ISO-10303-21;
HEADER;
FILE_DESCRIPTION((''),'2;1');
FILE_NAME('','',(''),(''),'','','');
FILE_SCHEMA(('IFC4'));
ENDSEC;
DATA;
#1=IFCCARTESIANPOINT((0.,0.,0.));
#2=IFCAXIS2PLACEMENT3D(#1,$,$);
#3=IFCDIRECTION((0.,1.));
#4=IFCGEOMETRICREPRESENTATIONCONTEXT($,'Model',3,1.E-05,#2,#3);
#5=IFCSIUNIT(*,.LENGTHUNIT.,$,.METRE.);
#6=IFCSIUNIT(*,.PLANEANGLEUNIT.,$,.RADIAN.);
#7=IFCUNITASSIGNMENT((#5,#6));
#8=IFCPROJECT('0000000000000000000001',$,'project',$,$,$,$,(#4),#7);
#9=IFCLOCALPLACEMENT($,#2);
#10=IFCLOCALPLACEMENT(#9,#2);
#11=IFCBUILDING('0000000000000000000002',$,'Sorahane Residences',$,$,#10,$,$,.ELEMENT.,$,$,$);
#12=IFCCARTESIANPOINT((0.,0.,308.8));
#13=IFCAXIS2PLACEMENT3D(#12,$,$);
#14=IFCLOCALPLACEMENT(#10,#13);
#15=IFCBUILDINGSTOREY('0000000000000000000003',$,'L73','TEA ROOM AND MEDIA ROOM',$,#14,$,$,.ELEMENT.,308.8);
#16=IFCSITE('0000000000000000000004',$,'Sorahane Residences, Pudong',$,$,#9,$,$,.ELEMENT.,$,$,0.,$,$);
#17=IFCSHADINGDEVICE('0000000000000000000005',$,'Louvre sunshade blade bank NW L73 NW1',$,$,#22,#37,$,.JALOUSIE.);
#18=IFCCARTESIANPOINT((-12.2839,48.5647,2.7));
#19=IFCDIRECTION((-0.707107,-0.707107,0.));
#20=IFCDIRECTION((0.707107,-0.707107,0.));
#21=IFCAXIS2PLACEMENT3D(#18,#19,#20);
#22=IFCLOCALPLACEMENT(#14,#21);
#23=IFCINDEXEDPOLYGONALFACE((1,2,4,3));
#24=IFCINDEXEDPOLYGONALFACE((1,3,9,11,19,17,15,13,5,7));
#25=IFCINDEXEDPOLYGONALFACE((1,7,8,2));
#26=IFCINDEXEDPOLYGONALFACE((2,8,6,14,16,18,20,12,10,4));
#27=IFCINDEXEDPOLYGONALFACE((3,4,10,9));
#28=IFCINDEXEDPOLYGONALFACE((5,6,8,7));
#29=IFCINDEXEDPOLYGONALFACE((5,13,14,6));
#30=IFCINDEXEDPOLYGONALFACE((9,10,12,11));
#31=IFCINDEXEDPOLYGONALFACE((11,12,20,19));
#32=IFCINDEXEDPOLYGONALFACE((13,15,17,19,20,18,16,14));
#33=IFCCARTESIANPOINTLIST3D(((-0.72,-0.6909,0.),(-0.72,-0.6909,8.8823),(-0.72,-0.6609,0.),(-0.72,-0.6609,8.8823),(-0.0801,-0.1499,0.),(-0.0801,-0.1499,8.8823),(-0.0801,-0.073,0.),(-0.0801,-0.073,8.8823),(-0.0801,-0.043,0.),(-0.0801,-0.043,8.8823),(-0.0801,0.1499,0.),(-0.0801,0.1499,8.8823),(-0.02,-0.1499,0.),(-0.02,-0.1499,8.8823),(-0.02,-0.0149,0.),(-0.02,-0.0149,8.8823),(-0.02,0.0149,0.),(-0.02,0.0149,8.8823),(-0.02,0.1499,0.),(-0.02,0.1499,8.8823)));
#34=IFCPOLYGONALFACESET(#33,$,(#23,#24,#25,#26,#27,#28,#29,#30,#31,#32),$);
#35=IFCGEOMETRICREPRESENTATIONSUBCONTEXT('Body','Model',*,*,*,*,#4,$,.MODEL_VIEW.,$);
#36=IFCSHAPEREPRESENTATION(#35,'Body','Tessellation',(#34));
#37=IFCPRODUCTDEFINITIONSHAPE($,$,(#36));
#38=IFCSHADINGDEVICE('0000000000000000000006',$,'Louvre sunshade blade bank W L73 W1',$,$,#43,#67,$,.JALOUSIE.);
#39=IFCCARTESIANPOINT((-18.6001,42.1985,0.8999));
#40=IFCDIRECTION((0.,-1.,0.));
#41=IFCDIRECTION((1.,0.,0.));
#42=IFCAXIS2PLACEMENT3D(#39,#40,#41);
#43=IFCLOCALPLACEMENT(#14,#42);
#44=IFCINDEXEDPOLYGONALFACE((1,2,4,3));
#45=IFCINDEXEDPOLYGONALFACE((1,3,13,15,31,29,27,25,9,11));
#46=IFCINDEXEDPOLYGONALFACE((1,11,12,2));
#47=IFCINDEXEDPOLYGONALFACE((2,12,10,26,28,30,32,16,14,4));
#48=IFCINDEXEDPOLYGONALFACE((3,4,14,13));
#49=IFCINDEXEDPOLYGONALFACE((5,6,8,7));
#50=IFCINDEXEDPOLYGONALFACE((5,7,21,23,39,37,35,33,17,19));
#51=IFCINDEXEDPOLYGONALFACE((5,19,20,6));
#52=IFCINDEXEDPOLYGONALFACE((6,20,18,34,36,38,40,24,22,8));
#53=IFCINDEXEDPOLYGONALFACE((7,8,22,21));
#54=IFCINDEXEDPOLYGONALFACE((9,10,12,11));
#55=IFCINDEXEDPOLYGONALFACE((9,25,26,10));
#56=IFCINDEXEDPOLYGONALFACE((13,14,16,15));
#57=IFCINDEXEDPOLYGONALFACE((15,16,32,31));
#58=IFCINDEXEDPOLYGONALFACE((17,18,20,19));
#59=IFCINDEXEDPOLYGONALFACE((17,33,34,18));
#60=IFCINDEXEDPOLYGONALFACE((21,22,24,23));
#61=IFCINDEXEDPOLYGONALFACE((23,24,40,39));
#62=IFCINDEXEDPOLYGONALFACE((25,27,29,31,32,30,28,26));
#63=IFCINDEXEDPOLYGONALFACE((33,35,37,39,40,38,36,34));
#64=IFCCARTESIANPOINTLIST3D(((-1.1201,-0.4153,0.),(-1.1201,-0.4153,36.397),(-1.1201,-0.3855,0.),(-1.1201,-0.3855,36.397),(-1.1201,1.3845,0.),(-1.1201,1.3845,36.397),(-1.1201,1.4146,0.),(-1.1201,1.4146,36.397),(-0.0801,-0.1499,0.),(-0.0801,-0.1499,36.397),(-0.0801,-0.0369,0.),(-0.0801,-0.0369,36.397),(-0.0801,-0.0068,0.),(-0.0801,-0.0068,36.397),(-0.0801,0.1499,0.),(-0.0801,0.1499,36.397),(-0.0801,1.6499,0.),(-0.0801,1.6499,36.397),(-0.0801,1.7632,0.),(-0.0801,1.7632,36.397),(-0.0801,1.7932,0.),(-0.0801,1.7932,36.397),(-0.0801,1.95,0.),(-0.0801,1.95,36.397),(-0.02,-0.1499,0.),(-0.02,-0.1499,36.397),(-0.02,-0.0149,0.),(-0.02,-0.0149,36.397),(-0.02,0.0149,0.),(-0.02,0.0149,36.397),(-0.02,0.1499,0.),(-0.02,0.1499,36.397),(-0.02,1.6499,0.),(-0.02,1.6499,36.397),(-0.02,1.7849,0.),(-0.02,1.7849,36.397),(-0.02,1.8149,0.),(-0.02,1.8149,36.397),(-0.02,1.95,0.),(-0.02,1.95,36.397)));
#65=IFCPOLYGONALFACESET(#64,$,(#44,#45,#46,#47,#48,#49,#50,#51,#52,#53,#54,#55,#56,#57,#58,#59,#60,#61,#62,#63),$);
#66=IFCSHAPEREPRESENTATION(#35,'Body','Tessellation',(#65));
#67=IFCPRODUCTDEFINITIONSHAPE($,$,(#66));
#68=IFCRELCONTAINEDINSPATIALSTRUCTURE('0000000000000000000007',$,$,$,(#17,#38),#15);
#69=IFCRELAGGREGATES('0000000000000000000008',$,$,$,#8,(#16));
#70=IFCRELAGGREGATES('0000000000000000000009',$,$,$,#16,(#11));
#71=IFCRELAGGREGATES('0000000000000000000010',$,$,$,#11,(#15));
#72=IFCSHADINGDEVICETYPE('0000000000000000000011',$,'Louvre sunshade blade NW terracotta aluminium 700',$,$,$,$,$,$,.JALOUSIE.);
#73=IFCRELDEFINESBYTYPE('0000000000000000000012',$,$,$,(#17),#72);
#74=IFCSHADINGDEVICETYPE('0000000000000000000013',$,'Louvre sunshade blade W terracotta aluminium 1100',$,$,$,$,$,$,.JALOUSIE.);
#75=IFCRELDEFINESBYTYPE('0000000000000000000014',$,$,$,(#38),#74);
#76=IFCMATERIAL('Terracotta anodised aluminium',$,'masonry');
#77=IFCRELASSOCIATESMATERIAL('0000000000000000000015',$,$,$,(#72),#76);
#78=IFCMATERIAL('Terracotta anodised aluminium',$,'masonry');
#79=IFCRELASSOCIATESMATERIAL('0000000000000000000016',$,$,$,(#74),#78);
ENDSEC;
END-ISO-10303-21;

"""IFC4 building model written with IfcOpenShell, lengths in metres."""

from ifc_helpers import new_model, si_unit, direction, frame, origin, place, context, subcontext, project, spatial, polyline, outline, composite_profile, extrude, material, type_object, element, save


model = new_model("IFC4")

# Units and contexts
model_context = context("Model", 3, precision=1e-05, world=origin(), true_north=direction((0.0, 1.0)))
body_context = subcontext(model_context, "Body", "Model", "MODEL_VIEW")
ifc_project = project(units=[si_unit("LENGTHUNIT", "METRE"), si_unit("PLANEANGLEUNIT", "RADIAN")], contexts=[model_context])

# Site, building, storey
site_placement = place(None, origin())
site = spatial("IfcSite", under=ifc_project, at=site_placement, Name="Sorahane Residences, Pudong", CompositionType="ELEMENT", RefElevation=0.0)
building_placement = place(site_placement, origin())
building = spatial("IfcBuilding", under=site, at=building_placement, Name="Sorahane Residences", CompositionType="ELEMENT")
storey_placement = place(building_placement, frame((0.0, 0.0, 308.8)))
storey = spatial("IfcBuildingStorey", under=building, at=storey_placement, Name="L73", Description="TEA ROOM AND MEDIA ROOM", CompositionType="ELEMENT", Elevation=308.8)

# Shading devices
ifc_material_1 = material(Name="Terracotta anodised aluminium", Category="masonry")
shading_device_type_1 = type_object("IfcShadingDeviceType", Name="Louvre sunshade blade NW terracotta aluminium 700", PredefinedType="JALOUSIE", material=ifc_material_1)
shading_device_1_placement = place(storey_placement, frame((-12.2839, 48.5647, 2.7), z_axis=(-0.707107, -0.707107, 0.0), x_axis=(0.707107, -0.707107, 0.0)))
element("IfcShadingDevice", 1, at=shading_device_1_placement, inside=storey, type_object=shading_device_type_1, Name="Louvre sunshade blade bank NW L73 NW1", PredefinedType="JALOUSIE", context=body_context, shape_type="SweptSolid", body=[
    extrude(outline(polyline([(-0.72, -0.6609), (-0.72, -0.6909), (-0.0801, -0.073), (-0.0801, -0.1499), (-0.02, -0.1499), (-0.02, -0.0149), (-0.02, 0.0149), (-0.02, 0.1499), (-0.0801, 0.1499), (-0.0801, -0.043), (-0.72, -0.6609)])), origin(), (0.0, 0.0, 1.0), 8.8823),
])
ifc_material_2 = material(Name="Terracotta anodised aluminium", Category="masonry")
shading_device_type_2 = type_object("IfcShadingDeviceType", Name="Louvre sunshade blade W terracotta aluminium 1100", PredefinedType="JALOUSIE", material=ifc_material_2)
shading_device_2_placement = place(storey_placement, frame((-18.6001, 42.1985, 0.8999), z_axis=(0.0, -1.0, 0.0), x_axis=(1.0, 0.0, 0.0)))
element("IfcShadingDevice", 2, at=shading_device_2_placement, inside=storey, type_object=shading_device_type_2, Name="Louvre sunshade blade bank W L73 W1", PredefinedType="JALOUSIE", context=body_context, shape_type="SweptSolid", body=[
    extrude(composite_profile([outline(polyline([(-1.1201, -0.3855), (-1.1201, -0.4153), (-0.0801, -0.0369), (-0.0801, -0.1499), (-0.02, -0.1499), (-0.02, -0.0149), (-0.02, 0.0149), (-0.02, 0.1499), (-0.0801, 0.1499), (-0.0801, -0.0068), (-1.1201, -0.3855)])), outline(polyline([(-1.1201, 1.4146), (-1.1201, 1.3845), (-0.0801, 1.7632), (-0.0801, 1.6499), (-0.02, 1.6499), (-0.02, 1.7849), (-0.02, 1.8149), (-0.02, 1.95), (-0.0801, 1.95), (-0.0801, 1.7932), (-1.1201, 1.4146)]))]), origin(), (0.0, 0.0, 1.0), 36.397),
])

save(model, "model.ifc")
